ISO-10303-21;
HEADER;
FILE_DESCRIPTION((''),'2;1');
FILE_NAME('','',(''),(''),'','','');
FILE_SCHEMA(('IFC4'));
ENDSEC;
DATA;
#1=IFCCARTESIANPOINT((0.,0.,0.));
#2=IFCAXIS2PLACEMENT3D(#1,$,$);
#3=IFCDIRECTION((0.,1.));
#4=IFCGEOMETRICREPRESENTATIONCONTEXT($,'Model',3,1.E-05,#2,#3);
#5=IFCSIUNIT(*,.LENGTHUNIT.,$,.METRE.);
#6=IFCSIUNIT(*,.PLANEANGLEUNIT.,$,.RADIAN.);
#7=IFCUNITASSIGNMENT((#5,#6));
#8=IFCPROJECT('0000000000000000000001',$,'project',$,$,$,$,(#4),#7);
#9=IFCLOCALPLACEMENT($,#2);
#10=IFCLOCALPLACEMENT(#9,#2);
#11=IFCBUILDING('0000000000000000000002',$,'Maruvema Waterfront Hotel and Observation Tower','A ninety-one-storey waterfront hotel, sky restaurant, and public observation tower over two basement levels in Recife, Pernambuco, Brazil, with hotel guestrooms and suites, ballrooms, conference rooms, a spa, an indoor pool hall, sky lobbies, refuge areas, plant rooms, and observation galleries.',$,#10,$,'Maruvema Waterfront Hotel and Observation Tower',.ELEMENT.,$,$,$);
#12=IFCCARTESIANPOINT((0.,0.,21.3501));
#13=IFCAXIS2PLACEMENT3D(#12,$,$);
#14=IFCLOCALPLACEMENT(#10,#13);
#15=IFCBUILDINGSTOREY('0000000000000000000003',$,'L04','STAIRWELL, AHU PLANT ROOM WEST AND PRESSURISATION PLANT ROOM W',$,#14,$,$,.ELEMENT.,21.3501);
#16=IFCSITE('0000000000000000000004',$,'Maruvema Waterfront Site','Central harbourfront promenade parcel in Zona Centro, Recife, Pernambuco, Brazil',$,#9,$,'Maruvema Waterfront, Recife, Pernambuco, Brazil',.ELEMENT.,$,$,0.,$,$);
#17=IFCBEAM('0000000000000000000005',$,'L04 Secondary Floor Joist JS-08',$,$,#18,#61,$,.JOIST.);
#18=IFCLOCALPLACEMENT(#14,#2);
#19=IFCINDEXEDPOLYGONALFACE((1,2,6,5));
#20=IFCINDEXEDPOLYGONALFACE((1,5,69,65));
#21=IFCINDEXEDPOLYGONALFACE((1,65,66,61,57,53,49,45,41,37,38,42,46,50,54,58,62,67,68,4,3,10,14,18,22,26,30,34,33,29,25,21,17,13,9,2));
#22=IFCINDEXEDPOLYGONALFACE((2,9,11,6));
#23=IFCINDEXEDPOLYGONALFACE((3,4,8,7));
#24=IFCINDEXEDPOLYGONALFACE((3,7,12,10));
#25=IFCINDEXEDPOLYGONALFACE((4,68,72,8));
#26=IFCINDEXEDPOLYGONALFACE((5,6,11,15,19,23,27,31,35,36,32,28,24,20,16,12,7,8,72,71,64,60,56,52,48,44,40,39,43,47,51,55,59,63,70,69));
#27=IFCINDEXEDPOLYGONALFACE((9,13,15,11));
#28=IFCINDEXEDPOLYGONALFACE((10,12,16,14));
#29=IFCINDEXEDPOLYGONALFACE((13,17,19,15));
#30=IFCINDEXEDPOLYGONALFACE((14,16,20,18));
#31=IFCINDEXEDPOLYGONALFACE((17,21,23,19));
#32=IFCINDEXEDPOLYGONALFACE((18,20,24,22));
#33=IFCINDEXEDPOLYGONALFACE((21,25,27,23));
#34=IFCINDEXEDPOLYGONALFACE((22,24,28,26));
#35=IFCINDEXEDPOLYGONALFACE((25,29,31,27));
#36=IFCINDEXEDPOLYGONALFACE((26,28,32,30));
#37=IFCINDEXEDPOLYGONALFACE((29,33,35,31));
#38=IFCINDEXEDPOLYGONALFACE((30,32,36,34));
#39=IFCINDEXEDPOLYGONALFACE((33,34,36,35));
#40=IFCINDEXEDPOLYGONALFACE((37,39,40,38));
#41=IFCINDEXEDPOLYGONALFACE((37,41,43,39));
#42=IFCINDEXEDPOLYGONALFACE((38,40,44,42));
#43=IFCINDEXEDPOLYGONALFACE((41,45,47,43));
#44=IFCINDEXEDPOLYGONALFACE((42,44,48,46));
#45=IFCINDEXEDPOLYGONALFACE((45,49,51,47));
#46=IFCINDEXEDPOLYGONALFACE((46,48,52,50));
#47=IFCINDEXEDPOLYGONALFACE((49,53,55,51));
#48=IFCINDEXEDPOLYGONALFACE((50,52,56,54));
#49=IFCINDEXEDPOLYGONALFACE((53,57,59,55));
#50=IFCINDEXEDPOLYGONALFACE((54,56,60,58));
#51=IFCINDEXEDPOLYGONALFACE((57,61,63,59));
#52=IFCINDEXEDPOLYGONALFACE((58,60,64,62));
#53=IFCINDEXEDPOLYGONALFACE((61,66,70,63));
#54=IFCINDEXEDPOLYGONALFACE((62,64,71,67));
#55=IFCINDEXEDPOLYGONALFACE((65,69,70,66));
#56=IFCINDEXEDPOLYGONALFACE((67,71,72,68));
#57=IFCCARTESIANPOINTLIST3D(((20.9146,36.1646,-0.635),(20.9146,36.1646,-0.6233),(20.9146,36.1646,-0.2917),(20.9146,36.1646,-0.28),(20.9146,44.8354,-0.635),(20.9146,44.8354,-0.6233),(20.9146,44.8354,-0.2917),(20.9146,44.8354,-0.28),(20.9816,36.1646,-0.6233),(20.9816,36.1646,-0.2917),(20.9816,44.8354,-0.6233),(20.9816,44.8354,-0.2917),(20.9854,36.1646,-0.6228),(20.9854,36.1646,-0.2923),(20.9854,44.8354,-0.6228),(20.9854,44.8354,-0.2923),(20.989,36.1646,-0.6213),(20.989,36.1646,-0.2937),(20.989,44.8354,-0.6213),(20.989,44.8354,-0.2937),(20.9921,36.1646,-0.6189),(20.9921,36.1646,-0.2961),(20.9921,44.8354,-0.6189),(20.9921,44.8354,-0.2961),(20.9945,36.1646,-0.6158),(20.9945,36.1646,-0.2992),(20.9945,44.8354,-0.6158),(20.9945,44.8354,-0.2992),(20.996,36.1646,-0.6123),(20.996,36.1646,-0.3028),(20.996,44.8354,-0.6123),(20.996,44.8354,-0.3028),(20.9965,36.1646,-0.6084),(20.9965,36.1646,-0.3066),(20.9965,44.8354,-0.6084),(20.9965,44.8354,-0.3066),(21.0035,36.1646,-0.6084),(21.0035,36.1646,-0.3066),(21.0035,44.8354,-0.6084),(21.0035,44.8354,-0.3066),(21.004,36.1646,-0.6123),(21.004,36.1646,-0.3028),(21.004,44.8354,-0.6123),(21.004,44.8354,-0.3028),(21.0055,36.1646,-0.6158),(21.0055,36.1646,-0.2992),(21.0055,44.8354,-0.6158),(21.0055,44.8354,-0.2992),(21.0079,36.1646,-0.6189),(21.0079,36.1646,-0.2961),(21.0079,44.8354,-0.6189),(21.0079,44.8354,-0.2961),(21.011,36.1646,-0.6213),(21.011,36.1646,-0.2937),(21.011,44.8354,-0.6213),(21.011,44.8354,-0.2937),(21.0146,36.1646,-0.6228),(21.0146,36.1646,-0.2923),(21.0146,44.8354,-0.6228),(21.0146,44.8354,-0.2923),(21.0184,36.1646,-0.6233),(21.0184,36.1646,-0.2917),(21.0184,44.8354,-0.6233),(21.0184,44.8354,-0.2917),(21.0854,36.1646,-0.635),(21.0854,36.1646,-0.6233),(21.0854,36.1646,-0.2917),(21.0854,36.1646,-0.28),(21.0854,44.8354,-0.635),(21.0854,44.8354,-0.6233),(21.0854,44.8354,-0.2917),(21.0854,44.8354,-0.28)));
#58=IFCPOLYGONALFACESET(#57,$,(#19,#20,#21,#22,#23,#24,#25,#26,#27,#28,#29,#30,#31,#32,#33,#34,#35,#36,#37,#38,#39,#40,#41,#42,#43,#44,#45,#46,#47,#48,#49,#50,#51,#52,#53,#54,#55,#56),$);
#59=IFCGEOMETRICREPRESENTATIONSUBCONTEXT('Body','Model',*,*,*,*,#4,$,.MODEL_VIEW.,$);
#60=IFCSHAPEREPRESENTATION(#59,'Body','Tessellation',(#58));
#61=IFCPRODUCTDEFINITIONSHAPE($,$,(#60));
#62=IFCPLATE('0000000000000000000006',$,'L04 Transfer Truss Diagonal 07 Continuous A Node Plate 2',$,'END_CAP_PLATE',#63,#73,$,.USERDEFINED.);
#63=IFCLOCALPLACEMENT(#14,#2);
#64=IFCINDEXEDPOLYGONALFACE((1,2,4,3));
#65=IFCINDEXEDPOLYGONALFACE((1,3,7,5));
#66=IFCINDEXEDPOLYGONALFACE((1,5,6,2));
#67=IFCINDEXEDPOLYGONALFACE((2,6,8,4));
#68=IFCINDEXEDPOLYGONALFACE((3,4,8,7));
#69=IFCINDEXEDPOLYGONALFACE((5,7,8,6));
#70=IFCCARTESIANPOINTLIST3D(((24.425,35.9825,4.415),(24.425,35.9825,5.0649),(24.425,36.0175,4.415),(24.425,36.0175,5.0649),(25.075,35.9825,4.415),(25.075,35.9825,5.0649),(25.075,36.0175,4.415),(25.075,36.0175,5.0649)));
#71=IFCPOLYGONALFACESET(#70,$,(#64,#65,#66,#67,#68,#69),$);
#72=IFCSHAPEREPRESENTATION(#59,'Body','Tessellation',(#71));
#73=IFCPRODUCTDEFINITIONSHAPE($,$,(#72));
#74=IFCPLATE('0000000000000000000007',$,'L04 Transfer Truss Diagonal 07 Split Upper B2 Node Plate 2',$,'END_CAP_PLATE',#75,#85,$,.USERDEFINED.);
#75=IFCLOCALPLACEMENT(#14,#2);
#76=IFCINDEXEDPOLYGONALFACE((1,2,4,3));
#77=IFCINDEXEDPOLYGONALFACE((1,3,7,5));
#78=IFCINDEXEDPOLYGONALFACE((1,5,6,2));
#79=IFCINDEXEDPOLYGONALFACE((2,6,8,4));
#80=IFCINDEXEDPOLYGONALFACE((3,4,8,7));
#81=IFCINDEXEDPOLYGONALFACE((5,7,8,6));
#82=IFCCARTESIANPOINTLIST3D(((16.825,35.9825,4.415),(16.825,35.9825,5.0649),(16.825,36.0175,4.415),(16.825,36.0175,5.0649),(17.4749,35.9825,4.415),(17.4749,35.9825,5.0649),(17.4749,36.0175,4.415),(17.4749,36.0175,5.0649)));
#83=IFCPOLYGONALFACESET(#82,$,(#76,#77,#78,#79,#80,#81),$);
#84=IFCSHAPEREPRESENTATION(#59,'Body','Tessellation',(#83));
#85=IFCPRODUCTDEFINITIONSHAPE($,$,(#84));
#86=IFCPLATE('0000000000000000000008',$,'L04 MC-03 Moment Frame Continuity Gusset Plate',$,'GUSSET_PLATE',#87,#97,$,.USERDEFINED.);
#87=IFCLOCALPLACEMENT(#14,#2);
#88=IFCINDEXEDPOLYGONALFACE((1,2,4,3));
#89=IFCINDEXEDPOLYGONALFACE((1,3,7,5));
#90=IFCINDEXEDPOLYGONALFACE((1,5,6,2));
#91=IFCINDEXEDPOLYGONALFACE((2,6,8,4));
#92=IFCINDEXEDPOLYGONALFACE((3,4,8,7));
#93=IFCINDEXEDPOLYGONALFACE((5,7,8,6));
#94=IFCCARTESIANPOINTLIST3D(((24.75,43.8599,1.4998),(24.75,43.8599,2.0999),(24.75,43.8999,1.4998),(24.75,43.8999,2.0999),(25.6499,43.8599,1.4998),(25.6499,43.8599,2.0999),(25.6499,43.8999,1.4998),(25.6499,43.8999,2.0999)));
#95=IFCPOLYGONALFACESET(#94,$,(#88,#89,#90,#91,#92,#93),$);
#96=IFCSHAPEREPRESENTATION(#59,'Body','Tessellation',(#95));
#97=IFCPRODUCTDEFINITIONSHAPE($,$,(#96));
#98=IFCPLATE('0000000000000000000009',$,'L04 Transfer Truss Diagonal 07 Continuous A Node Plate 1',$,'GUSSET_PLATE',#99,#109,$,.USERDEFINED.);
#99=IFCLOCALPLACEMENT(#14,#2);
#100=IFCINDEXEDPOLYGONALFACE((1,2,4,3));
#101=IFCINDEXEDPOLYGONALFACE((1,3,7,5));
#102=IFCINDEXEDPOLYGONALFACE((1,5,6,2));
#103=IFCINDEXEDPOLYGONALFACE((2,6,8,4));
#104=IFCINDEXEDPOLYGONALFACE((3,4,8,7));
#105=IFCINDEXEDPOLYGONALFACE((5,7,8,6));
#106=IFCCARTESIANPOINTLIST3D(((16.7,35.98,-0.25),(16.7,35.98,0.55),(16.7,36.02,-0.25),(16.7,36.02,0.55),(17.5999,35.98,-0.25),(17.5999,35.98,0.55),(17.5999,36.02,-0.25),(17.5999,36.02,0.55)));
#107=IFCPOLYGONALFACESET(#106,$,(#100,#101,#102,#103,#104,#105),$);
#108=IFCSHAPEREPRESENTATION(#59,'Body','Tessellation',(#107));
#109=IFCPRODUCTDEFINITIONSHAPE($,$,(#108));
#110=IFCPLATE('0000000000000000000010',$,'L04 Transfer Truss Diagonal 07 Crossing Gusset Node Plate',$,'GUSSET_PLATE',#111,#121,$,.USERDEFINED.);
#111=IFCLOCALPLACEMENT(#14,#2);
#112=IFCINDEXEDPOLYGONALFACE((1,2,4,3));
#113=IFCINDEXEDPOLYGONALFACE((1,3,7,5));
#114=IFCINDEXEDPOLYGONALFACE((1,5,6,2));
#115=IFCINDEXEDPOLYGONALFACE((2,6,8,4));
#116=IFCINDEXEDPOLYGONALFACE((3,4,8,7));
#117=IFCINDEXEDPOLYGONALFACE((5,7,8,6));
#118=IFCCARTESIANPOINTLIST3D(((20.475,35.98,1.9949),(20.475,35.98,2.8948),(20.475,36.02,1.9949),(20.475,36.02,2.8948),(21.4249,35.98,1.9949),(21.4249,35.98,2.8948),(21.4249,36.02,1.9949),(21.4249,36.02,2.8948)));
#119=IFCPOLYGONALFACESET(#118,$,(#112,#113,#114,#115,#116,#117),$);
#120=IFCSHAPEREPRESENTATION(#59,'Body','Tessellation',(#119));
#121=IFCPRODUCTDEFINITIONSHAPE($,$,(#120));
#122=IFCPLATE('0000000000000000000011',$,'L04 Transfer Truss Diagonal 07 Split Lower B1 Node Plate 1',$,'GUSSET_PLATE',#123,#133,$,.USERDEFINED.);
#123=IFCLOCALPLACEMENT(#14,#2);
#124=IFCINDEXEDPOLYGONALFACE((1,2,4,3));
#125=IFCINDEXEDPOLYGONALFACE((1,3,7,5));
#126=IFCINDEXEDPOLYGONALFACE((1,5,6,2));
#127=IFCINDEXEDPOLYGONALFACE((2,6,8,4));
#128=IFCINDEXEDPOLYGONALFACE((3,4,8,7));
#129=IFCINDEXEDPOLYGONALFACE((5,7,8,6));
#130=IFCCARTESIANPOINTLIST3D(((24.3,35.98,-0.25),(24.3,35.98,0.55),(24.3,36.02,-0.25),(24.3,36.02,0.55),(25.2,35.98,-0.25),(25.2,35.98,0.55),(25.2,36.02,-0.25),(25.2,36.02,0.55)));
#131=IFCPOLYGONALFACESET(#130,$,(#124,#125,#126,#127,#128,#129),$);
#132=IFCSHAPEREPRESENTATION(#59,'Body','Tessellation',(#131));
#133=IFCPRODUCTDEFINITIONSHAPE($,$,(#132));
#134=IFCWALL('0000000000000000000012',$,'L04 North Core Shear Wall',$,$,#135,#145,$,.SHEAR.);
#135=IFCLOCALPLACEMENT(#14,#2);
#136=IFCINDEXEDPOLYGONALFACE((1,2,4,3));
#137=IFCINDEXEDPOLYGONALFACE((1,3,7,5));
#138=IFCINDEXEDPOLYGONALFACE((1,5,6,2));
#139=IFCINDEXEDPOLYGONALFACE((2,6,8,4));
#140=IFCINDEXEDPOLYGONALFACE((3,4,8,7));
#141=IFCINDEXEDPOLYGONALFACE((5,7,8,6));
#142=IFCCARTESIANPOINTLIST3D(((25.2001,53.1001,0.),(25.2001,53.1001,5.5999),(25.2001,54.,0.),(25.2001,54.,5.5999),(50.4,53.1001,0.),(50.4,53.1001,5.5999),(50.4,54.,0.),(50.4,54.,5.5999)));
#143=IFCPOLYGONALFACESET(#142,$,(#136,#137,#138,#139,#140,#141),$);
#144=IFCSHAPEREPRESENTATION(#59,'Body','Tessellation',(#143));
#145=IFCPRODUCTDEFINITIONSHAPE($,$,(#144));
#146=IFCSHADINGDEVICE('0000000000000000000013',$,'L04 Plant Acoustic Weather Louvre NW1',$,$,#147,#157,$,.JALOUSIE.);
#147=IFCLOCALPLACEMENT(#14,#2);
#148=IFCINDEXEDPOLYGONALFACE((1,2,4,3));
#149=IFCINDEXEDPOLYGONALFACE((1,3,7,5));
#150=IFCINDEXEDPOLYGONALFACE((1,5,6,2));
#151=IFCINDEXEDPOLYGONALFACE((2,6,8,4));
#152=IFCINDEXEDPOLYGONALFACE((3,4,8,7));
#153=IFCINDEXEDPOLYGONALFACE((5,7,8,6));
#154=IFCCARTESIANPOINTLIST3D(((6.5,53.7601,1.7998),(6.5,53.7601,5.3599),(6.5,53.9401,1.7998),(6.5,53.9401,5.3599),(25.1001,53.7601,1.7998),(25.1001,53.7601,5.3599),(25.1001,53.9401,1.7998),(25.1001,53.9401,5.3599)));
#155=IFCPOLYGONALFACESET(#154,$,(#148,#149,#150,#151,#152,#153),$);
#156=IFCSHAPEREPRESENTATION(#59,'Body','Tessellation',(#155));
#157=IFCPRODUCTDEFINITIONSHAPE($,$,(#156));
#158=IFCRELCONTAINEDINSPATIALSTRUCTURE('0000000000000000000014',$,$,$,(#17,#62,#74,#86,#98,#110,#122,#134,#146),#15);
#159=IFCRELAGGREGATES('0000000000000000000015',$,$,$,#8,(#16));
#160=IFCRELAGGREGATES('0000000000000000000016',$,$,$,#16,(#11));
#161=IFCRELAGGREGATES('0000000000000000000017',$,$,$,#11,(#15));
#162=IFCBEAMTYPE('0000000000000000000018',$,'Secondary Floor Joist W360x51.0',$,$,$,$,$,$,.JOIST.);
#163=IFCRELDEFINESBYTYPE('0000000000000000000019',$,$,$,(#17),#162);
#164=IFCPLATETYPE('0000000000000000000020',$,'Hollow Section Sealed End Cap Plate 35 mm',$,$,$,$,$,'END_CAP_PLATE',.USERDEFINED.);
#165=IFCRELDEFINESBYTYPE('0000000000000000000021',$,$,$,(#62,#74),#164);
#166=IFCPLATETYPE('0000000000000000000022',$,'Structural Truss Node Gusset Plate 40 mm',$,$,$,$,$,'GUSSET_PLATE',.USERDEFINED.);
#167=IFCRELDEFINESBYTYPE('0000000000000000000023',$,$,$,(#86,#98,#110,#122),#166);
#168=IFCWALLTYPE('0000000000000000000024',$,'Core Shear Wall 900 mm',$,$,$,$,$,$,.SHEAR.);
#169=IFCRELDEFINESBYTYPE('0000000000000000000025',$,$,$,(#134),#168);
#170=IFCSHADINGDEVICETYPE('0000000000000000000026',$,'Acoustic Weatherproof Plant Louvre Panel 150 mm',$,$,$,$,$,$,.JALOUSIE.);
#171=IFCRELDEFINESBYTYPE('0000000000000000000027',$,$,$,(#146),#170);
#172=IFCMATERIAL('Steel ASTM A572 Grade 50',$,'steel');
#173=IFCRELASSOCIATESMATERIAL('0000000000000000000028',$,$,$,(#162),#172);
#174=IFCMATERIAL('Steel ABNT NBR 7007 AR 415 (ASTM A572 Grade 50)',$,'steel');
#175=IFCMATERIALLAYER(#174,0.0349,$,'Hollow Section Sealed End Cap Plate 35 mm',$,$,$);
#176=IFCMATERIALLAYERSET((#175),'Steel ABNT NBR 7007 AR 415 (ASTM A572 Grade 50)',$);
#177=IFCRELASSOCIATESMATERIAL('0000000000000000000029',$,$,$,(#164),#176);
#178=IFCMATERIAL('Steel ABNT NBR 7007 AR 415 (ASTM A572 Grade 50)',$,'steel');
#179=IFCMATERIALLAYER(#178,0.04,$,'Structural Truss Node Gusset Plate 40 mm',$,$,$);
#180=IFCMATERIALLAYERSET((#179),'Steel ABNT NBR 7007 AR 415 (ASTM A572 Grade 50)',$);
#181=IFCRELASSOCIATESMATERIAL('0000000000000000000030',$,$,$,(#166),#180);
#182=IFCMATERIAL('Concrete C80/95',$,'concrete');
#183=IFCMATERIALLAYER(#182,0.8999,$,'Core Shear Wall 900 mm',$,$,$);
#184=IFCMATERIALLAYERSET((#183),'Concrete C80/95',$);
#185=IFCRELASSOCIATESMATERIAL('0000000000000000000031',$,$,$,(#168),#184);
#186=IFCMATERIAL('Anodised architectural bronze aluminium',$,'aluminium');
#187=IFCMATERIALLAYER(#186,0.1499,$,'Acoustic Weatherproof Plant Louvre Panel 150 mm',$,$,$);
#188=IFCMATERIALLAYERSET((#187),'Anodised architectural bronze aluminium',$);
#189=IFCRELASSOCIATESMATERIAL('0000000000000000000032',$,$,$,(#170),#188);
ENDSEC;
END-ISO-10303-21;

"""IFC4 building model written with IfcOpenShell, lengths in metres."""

from ifc_helpers import new_model, si_unit, direction, frame, frame_2d, origin, origin_2d, place, context, subcontext, project, spatial, rectangle, i_section, extrude, material, layer, layer_set, material_profile, profile_set, type_object, element, save


model = new_model("IFC4")

# Units and contexts
model_context = context("Model", 3, precision=1e-05, world=origin(), true_north=direction((0.0, 1.0)))
body_context = subcontext(model_context, "Body", "Model", "MODEL_VIEW")
ifc_project = project(units=[si_unit("LENGTHUNIT", "METRE"), si_unit("PLANEANGLEUNIT", "RADIAN")], contexts=[model_context])

# Site, building, storey
site_placement = place(None, origin())
site = spatial("IfcSite", under=ifc_project, at=site_placement, Name="Maruvema Waterfront Site", Description="Central harbourfront promenade parcel in Zona Centro, Recife, Pernambuco, Brazil", LongName="Maruvema Waterfront, Recife, Pernambuco, Brazil", CompositionType="ELEMENT", RefElevation=0.0)
building_placement = place(site_placement, origin())
building = spatial("IfcBuilding", under=site, at=building_placement, Name="Maruvema Waterfront Hotel and Observation Tower", Description="A ninety-one-storey waterfront hotel, sky restaurant, and public observation tower over two basement levels in Recife, Pernambuco, Brazil, with hotel guestrooms and suites, ballrooms, conference rooms, a spa, an indoor pool hall, sky lobbies, refuge areas, plant rooms, and observation galleries.", LongName="Maruvema Waterfront Hotel and Observation Tower", CompositionType="ELEMENT")
storey_placement = place(building_placement, frame((0.0, 0.0, 21.3501)))
storey = spatial("IfcBuildingStorey", under=building, at=storey_placement, Name="L04", Description="STAIRWELL, AHU PLANT ROOM WEST AND PRESSURISATION PLANT ROOM W", CompositionType="ELEMENT", Elevation=21.3501)

# Beam
ifc_material_1 = material(Name="Steel ASTM A572 Grade 50", Category="steel")
ifc_material_profile_1 = material_profile(ifc_material_1, i_section(OverallWidth=0.1709, OverallDepth=0.355, WebThickness=0.0071, FlangeThickness=0.0117, FilletRadius=0.0149, at=origin_2d()), Name="W360x51.0")
ifc_profile_set_1 = profile_set([ifc_material_profile_1], Name="Steel ASTM A572 Grade 50")
beam_type_1 = type_object("IfcBeamType", Name="Secondary Floor Joist W360x51.0", PredefinedType="JOIST", material=ifc_profile_set_1)
beam_1_placement = place(storey_placement, frame((21.0, 36.1646, -0.4575), z_axis=(0.0, 1.0, 0.0), x_axis=(-1.0, 0.0, 0.0)))
element("IfcBeam", 1, at=beam_1_placement, inside=storey, type_object=beam_type_1, Name="L04 Secondary Floor Joist JS-08", PredefinedType="JOIST", context=body_context, shape_type="SweptSolid", body=[
    extrude(i_section(OverallWidth=0.1709, OverallDepth=0.355, WebThickness=0.0071, FlangeThickness=0.0117, FilletRadius=0.0149, at=origin_2d()), origin(), (0.0, 0.0, 1.0), 8.6709),
])

# Plates
ifc_material_2 = material(Name="Steel ABNT NBR 7007 AR 415 (ASTM A572 Grade 50)", Category="steel")
ifc_layer_1 = layer(ifc_material_2, 0.0349, Name="Hollow Section Sealed End Cap Plate 35 mm")
ifc_layer_set_1 = layer_set([ifc_layer_1], Name="Steel ABNT NBR 7007 AR 415 (ASTM A572 Grade 50)")
plate_type_1 = type_object("IfcPlateType", Name="Hollow Section Sealed End Cap Plate 35 mm", ElementType="END_CAP_PLATE", PredefinedType="USERDEFINED", material=ifc_layer_set_1)
for number, where, z_axis, x_axis, name in (
    (2, (24.75, 36.0, 4.415), (0.0, 0.0, 1.0), (1.0, 0.0, 0.0), "L04 Transfer Truss Diagonal 07 Continuous A Node Plate 2"),
    (3, (17.1499, 36.0, 4.415), (0.0, 0.0, 1.0), (-1.0, 0.0, 0.0), "L04 Transfer Truss Diagonal 07 Split Upper B2 Node Plate 2"),
):
    element("IfcPlate", number, at=place(storey_placement, frame(where, z_axis=z_axis, x_axis=x_axis)), inside=storey, type_object=plate_type_1, Name=name, ObjectType="END_CAP_PLATE", PredefinedType="USERDEFINED", context=body_context, shape_type="SweptSolid", body=[
        extrude(rectangle(XDim=0.6499, YDim=0.0349, at=origin_2d()), origin(), (0.0, 0.0, 1.0), 0.6499),
    ])
ifc_material_3 = material(Name="Steel ABNT NBR 7007 AR 415 (ASTM A572 Grade 50)", Category="steel")
ifc_layer_2 = layer(ifc_material_3, 0.04, Name="Structural Truss Node Gusset Plate 40 mm")
ifc_layer_set_2 = layer_set([ifc_layer_2], Name="Steel ABNT NBR 7007 AR 415 (ASTM A572 Grade 50)")
plate_type_2 = type_object("IfcPlateType", Name="Structural Truss Node Gusset Plate 40 mm", ElementType="GUSSET_PLATE", PredefinedType="USERDEFINED", material=ifc_layer_set_2)
plate_1_placement = place(storey_placement, frame((25.2, 43.8799, 1.4998), z_axis=(0.0, 0.0, 1.0), x_axis=(1.0, 0.0, 0.0)))
element("IfcPlate", 4, at=plate_1_placement, inside=storey, type_object=plate_type_2, Name="L04 MC-03 Moment Frame Continuity Gusset Plate", ObjectType="GUSSET_PLATE", PredefinedType="USERDEFINED", context=body_context, shape_type="SweptSolid", body=[
    extrude(rectangle(XDim=0.8999, YDim=0.04, at=origin_2d()), origin(), (0.0, 0.0, 1.0), 0.6001),
])
plate_2_placement = place(storey_placement, frame((17.1499, 36.0, -0.25), z_axis=(0.0, 0.0, 1.0), x_axis=(1.0, 0.0, 0.0)))
element("IfcPlate", 5, at=plate_2_placement, inside=storey, type_object=plate_type_2, Name="L04 Transfer Truss Diagonal 07 Continuous A Node Plate 1", ObjectType="GUSSET_PLATE", PredefinedType="USERDEFINED", context=body_context, shape_type="SweptSolid", body=[
    extrude(rectangle(XDim=0.8999, YDim=0.04, at=origin_2d()), origin(), (0.0, 0.0, 1.0), 0.8),
])
plate_3_placement = place(storey_placement, frame((20.95, 36.0, 1.9949), z_axis=(0.0, 0.0, 1.0), x_axis=(-1.0, 0.0, 0.0)))
element("IfcPlate", 6, at=plate_3_placement, inside=storey, type_object=plate_type_2, Name="L04 Transfer Truss Diagonal 07 Crossing Gusset Node Plate", ObjectType="GUSSET_PLATE", PredefinedType="USERDEFINED", context=body_context, shape_type="SweptSolid", body=[
    extrude(rectangle(XDim=0.95, YDim=0.04, at=origin_2d()), origin(), (0.0, 0.0, 1.0), 0.8999),
])
plate_4_placement = place(storey_placement, frame((24.75, 36.0, -0.25), z_axis=(0.0, 0.0, 1.0), x_axis=(-1.0, 0.0, 0.0)))
element("IfcPlate", 7, at=plate_4_placement, inside=storey, type_object=plate_type_2, Name="L04 Transfer Truss Diagonal 07 Split Lower B1 Node Plate 1", ObjectType="GUSSET_PLATE", PredefinedType="USERDEFINED", context=body_context, shape_type="SweptSolid", body=[
    extrude(rectangle(XDim=0.8999, YDim=0.04, at=origin_2d()), origin(), (0.0, 0.0, 1.0), 0.8),
])

# Wall
ifc_material_4 = material(Name="Concrete C80/95", Category="concrete")
ifc_layer_3 = layer(ifc_material_4, 0.8999, Name="Core Shear Wall 900 mm")
ifc_layer_set_3 = layer_set([ifc_layer_3], Name="Concrete C80/95")
wall_type = type_object("IfcWallType", Name="Core Shear Wall 900 mm", PredefinedType="SHEAR", material=ifc_layer_set_3)
wall_1_placement = place(storey_placement, frame((25.2, 53.55, 0.0), z_axis=(0.0, 0.0, 1.0), x_axis=(1.0, 0.0, 0.0)))
element("IfcWall", 8, at=wall_1_placement, inside=storey, type_object=wall_type, Name="L04 North Core Shear Wall", PredefinedType="SHEAR", context=body_context, shape_type="SweptSolid", body=[
    extrude(rectangle(XDim=25.2, YDim=0.8999, at=frame_2d((12.6001, 0.0))), origin(), (0.0, 0.0, 1.0), 5.5999),
])

# Shading device
ifc_material_5 = material(Name="Anodised architectural bronze aluminium", Category="aluminium")
ifc_layer_4 = layer(ifc_material_5, 0.1499, Name="Acoustic Weatherproof Plant Louvre Panel 150 mm")
ifc_layer_set_4 = layer_set([ifc_layer_4], Name="Anodised architectural bronze aluminium")
shading_device_type = type_object("IfcShadingDeviceType", Name="Acoustic Weatherproof Plant Louvre Panel 150 mm", PredefinedType="JALOUSIE", material=ifc_layer_set_4)
shading_device_placement = place(storey_placement, frame((15.8, 53.8501, 1.7998), z_axis=(0.0, 0.0, 1.0), x_axis=(-1.0, 0.0, 0.0)))
element("IfcShadingDevice", 9, at=shading_device_placement, inside=storey, type_object=shading_device_type, Name="L04 Plant Acoustic Weather Louvre NW1", PredefinedType="JALOUSIE", context=body_context, shape_type="SweptSolid", body=[
    extrude(rectangle(XDim=18.6001, YDim=0.1799, at=origin_2d()), origin(), (0.0, 0.0, 1.0), 3.5601),
])

save(model, "model.ifc")
